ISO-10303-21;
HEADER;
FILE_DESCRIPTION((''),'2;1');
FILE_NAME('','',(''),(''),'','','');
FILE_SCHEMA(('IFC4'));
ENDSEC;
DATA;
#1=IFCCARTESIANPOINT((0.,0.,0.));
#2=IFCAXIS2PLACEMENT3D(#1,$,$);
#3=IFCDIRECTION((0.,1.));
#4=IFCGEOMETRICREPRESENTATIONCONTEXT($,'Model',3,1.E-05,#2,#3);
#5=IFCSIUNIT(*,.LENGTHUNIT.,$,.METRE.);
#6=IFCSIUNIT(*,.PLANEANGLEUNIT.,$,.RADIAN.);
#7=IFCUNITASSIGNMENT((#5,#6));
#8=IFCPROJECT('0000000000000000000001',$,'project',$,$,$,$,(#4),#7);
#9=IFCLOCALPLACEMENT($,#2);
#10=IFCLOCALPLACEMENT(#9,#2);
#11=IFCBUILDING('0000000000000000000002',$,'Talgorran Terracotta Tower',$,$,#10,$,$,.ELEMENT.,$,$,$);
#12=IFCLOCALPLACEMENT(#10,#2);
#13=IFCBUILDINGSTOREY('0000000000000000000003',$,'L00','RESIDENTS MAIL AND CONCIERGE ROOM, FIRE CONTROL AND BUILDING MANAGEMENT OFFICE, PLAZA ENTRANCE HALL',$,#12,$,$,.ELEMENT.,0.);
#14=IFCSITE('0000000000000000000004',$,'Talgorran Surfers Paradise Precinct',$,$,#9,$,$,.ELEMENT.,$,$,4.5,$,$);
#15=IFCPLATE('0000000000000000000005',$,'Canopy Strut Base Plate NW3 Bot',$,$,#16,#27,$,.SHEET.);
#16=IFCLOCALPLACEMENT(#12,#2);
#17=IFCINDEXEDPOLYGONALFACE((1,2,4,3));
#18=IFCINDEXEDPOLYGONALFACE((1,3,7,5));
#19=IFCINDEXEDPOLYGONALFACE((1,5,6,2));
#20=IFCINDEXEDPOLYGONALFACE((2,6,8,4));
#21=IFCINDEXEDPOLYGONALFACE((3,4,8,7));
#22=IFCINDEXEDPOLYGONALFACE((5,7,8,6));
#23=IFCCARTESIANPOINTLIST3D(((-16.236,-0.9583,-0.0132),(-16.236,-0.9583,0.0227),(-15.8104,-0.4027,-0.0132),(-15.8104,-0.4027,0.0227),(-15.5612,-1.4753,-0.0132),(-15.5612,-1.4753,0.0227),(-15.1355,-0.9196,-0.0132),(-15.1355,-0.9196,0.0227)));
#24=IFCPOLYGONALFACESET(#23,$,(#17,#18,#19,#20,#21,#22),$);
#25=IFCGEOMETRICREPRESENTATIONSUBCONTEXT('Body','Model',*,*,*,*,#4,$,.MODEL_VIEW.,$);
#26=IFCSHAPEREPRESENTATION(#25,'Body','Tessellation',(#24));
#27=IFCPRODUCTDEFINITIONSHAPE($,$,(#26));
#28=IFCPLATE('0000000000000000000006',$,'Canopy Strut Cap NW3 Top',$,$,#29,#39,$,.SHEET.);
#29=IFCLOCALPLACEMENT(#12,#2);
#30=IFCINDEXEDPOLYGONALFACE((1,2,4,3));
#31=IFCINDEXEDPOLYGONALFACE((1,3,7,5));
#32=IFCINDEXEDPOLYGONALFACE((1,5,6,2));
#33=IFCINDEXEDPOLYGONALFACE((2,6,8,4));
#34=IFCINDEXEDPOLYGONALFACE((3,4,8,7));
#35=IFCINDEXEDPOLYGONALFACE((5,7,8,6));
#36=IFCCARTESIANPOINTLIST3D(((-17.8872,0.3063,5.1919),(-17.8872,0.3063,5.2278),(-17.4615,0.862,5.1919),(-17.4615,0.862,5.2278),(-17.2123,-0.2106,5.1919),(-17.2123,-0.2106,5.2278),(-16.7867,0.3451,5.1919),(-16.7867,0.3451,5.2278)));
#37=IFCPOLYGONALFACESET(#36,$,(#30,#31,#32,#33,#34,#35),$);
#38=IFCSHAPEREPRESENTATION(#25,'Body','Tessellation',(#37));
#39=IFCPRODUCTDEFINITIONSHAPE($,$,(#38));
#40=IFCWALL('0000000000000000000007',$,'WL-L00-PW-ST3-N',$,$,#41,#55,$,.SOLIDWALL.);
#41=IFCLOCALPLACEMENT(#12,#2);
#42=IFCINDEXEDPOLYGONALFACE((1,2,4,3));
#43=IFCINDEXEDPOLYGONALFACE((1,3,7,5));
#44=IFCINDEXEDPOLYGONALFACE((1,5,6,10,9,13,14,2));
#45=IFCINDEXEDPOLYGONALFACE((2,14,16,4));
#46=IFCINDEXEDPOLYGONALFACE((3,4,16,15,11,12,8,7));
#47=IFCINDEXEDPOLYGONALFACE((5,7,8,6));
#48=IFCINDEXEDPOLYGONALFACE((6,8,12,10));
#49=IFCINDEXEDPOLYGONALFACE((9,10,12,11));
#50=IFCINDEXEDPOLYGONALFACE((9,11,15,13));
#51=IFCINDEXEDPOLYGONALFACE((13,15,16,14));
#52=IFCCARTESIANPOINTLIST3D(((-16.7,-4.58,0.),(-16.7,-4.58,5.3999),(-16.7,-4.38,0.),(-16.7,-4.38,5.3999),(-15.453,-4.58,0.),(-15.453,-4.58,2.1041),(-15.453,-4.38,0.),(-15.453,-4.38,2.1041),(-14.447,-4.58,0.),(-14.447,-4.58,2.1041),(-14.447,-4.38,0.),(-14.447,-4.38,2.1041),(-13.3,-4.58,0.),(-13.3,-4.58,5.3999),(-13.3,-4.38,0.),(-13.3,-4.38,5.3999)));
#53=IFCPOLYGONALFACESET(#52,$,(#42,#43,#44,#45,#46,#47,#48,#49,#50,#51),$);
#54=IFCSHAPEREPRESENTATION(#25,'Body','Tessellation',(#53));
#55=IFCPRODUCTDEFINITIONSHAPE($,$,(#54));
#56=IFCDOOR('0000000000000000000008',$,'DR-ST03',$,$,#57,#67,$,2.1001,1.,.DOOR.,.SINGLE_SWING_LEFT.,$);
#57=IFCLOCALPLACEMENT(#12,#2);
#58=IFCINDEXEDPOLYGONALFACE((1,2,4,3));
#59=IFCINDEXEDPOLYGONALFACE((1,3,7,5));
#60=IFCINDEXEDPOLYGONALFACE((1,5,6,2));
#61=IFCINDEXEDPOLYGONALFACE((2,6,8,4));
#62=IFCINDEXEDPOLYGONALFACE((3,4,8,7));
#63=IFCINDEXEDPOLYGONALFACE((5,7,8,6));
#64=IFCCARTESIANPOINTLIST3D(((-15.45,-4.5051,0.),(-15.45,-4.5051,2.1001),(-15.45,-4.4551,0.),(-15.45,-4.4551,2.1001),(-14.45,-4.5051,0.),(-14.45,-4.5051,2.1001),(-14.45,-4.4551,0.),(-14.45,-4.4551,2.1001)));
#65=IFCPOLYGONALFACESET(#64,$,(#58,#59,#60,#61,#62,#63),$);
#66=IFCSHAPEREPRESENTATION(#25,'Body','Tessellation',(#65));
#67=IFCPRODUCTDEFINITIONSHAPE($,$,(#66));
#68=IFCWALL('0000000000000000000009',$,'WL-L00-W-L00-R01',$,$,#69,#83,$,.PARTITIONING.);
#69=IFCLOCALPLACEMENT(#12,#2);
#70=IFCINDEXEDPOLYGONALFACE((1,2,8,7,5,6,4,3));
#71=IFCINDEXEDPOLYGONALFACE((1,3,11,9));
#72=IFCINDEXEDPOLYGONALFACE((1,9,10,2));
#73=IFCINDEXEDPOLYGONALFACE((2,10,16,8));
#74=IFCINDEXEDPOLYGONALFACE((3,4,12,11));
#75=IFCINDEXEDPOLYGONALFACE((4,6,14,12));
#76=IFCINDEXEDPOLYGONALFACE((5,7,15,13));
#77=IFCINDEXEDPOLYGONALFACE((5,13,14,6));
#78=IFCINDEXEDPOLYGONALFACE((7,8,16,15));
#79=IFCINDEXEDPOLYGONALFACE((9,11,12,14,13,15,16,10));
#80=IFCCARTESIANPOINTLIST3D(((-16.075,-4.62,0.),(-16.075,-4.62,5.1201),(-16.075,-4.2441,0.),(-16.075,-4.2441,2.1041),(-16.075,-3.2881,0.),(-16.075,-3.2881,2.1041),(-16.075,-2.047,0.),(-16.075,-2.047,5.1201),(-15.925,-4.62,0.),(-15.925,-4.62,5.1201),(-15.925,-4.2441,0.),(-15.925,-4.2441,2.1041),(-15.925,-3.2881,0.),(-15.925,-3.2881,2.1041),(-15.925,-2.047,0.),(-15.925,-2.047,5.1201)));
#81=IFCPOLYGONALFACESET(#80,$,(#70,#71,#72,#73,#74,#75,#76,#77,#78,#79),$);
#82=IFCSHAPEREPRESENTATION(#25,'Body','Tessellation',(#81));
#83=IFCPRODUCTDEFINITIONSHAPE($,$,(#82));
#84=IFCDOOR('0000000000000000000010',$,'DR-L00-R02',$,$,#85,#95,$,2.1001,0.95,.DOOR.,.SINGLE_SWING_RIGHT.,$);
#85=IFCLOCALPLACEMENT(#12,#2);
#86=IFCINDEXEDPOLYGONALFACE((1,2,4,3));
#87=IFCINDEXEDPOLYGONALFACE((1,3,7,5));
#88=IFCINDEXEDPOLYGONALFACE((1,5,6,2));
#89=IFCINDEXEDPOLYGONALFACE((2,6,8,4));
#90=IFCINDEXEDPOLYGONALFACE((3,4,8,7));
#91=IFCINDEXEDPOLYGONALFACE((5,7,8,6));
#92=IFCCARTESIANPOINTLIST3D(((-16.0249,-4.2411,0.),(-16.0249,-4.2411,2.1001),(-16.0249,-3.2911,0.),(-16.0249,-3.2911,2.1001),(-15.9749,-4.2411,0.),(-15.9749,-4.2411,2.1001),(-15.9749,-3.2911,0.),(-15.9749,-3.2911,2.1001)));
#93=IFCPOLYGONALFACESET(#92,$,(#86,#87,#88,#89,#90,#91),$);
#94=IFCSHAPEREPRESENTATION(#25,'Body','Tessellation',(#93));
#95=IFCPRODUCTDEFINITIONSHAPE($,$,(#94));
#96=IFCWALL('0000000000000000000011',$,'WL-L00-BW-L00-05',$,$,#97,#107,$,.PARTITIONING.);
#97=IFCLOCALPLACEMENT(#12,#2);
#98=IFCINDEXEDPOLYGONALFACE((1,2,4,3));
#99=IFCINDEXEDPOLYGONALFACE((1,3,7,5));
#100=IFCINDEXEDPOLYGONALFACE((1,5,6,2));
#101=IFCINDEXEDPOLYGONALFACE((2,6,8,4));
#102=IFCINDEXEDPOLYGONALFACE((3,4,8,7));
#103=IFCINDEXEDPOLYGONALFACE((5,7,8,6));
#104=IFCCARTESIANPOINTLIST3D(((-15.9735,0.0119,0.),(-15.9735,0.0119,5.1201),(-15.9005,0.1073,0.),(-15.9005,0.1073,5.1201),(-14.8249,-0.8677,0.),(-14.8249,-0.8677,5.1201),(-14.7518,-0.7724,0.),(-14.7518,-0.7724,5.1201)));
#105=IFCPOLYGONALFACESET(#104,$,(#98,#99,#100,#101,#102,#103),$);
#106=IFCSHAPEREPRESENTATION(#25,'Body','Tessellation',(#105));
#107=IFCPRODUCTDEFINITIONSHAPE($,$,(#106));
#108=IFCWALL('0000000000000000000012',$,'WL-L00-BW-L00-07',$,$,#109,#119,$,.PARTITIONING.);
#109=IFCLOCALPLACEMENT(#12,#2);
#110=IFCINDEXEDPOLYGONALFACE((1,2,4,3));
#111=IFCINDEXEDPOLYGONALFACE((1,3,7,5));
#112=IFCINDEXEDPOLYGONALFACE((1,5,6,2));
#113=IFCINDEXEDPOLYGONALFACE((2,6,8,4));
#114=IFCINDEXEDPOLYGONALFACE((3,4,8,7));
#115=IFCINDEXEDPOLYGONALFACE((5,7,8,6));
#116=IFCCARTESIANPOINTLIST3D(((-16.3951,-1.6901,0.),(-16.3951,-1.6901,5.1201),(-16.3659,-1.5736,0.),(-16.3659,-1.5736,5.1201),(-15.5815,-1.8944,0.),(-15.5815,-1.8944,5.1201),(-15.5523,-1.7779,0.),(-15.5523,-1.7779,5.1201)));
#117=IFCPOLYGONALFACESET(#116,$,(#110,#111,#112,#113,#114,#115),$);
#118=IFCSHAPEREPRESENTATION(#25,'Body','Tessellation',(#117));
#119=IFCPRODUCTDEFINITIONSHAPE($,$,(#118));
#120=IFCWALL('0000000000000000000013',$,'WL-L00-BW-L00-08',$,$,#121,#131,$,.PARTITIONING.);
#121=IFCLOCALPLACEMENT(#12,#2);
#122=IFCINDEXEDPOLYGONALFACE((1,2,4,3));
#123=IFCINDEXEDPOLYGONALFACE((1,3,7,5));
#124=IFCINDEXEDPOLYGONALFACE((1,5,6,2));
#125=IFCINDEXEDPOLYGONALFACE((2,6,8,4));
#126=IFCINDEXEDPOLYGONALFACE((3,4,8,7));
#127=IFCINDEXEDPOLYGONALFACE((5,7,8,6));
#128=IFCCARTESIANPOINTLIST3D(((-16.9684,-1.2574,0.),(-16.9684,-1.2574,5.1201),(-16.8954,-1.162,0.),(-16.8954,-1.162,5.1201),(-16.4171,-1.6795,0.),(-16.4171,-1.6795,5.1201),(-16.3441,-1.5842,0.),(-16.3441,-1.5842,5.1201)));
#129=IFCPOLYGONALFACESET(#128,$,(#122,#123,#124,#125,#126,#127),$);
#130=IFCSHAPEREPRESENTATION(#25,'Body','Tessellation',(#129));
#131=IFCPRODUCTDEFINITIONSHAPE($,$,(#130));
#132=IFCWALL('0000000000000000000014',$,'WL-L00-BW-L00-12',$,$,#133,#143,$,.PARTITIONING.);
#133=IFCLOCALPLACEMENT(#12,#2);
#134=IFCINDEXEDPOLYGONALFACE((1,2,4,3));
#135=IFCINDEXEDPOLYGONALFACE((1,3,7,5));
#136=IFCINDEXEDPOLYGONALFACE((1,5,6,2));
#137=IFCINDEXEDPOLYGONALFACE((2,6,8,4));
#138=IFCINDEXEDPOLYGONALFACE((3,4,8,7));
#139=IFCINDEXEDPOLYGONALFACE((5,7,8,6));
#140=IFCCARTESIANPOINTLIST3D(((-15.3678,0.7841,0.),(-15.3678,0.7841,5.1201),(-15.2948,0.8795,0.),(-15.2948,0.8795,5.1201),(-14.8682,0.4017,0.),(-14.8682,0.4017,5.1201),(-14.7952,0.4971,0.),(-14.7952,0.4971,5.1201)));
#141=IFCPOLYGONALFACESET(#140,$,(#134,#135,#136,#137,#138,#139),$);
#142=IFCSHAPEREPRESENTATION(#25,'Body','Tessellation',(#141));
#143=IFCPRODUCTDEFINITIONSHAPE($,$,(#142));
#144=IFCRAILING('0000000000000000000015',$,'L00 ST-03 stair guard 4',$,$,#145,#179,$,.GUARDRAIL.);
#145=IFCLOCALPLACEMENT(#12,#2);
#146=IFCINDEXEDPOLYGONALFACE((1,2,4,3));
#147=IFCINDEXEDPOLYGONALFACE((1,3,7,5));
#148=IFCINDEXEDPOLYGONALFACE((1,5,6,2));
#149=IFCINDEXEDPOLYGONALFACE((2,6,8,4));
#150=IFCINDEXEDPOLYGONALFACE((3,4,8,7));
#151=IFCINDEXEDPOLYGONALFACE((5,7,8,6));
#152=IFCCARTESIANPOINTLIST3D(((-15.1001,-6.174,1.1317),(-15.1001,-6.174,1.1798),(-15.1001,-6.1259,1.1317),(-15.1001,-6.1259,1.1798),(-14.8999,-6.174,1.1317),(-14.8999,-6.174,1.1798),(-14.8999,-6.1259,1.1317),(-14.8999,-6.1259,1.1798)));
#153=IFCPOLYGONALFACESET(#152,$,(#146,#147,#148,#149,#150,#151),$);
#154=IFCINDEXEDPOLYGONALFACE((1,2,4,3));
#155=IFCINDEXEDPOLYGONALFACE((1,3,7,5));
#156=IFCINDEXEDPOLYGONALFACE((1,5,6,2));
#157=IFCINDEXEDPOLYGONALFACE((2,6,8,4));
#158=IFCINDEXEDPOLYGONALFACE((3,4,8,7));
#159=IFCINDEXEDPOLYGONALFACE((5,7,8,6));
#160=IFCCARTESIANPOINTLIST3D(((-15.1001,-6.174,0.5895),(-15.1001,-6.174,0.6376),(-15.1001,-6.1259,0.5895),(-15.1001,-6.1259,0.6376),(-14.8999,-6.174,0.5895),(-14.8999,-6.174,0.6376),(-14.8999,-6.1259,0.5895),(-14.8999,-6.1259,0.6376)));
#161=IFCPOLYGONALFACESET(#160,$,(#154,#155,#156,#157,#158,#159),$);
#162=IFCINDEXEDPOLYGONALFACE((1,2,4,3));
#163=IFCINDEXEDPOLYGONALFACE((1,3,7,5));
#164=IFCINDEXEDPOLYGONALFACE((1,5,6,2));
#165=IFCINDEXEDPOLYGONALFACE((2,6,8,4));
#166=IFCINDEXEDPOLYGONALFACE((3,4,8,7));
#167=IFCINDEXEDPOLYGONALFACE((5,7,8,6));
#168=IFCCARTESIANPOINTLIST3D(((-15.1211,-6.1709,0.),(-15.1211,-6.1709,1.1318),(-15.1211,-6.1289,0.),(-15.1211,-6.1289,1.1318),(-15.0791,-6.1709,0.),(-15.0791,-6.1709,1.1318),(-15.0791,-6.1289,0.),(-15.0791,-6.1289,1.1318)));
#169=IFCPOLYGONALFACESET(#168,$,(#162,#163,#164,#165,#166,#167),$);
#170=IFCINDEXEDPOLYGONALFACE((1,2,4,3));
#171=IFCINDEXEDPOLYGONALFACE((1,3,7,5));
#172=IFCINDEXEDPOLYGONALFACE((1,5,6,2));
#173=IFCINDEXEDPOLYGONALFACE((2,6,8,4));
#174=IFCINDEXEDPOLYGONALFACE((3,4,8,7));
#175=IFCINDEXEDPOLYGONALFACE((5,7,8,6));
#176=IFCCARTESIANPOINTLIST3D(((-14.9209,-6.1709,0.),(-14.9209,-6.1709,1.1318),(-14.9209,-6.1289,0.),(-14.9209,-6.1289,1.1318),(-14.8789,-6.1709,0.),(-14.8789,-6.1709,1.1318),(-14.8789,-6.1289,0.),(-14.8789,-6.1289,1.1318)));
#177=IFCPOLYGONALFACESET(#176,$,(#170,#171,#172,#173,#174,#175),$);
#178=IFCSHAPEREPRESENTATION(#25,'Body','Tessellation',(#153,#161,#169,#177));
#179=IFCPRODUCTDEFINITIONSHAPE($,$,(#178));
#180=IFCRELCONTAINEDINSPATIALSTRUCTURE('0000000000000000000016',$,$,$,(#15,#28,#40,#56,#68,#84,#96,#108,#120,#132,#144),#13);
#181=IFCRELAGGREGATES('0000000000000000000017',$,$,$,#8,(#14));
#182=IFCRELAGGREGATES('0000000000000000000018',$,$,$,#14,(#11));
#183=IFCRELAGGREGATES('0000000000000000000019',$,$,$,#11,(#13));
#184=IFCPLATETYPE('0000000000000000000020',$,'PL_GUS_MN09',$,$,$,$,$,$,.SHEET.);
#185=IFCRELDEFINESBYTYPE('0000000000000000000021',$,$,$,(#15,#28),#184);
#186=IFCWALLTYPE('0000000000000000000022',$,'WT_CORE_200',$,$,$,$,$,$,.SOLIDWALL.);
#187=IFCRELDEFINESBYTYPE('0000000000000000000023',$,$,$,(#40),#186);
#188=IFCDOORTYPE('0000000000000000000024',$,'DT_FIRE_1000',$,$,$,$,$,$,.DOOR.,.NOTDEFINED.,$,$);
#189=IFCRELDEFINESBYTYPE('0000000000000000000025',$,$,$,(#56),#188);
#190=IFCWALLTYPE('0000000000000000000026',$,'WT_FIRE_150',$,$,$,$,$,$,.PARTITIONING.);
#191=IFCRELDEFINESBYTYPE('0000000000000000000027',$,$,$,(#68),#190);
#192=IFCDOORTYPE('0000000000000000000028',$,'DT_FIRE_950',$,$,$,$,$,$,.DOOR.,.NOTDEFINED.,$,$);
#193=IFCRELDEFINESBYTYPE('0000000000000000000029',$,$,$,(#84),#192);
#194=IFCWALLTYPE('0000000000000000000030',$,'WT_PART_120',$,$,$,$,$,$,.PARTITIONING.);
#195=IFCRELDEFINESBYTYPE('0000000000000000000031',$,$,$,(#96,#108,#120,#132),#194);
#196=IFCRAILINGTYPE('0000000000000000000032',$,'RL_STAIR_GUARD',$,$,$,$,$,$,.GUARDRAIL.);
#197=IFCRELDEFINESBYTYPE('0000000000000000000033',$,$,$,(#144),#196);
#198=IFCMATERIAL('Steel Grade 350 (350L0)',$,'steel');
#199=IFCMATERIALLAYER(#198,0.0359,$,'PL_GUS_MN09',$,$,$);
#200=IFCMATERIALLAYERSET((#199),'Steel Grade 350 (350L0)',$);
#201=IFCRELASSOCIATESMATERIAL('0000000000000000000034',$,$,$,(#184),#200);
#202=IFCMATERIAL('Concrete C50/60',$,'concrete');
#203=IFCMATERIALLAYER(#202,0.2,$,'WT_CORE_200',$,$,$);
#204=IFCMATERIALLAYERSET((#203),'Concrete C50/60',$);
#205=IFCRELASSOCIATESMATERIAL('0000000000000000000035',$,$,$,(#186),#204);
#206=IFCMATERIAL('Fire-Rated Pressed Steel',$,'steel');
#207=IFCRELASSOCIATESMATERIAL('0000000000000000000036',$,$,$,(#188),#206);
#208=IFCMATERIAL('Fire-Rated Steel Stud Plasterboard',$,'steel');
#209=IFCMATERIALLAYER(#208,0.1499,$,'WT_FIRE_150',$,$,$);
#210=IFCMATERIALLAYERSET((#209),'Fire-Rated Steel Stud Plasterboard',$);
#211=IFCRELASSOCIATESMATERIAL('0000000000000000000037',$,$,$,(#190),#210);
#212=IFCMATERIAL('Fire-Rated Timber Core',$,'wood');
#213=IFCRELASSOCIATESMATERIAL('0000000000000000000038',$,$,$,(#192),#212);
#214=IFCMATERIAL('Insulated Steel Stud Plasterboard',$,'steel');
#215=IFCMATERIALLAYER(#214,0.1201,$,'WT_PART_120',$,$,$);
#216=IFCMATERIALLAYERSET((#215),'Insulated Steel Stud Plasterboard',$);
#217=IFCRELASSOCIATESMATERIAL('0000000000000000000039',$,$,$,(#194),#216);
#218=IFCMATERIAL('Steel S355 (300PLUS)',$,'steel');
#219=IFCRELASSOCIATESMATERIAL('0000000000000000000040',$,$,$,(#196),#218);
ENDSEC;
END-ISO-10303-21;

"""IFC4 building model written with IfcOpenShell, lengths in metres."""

from ifc_helpers import new_model, si_unit, direction, frame, frame_2d, origin, origin_2d, place, context, subcontext, project, spatial, rectangle, extrude, material, layer, layer_set, type_object, element, fill, save


model = new_model("IFC4")

# Units and contexts
model_context = context("Model", 3, precision=1e-05, world=origin(), true_north=direction((0.0, 1.0)))
body_context = subcontext(model_context, "Body", "Model", "MODEL_VIEW")
ifc_project = project(units=[si_unit("LENGTHUNIT", "METRE"), si_unit("PLANEANGLEUNIT", "RADIAN")], contexts=[model_context])

# Site, building, storey
site_placement = place(None, origin())
site = spatial("IfcSite", under=ifc_project, at=site_placement, Name="Talgorran Surfers Paradise Precinct", CompositionType="ELEMENT", RefElevation=4.5)
building_placement = place(site_placement, origin())
building = spatial("IfcBuilding", under=site, at=building_placement, Name="Talgorran Terracotta Tower", CompositionType="ELEMENT")
storey_placement = place(building_placement, origin())
storey = spatial("IfcBuildingStorey", under=building, at=storey_placement, Name="L00", Description="RESIDENTS MAIL AND CONCIERGE ROOM, FIRE CONTROL AND BUILDING MANAGEMENT OFFICE, PLAZA ENTRANCE HALL", CompositionType="ELEMENT", Elevation=0.0)

# Shared definitions
ifc_material_1 = material(Name="Steel Grade 350 (350L0)", Category="steel")

# Shared definitions
ifc_material_2 = material(Name="Steel S355 (300PLUS)", Category="steel")

# Plates
ifc_layer_1 = layer(ifc_material_1, 0.0359, Name="PL_GUS_MN09")
ifc_layer_set_1 = layer_set([ifc_layer_1], Name="Steel Grade 350 (350L0)")
plate_type = type_object("IfcPlateType", Name="PL_GUS_MN09", PredefinedType="SHEET", material=ifc_layer_set_1)
for number, where, z_axis, x_axis, name in (
    (1, (-15.6858, -0.939, -0.0132), (0.0, 0.0, 1.0), (-0.793884, 0.608069, 0.0), "Canopy Strut Base Plate NW3 Bot"),
    (2, (-17.3369, 0.3257, 5.1919), (0.0, 0.0, 1.0), (-0.793884, 0.608069, 0.0), "Canopy Strut Cap NW3 Top"),
):
    element("IfcPlate", number, at=place(storey_placement, frame(where, z_axis=z_axis, x_axis=x_axis)), inside=storey, type_object=plate_type, Name=name, PredefinedType="SHEET", context=body_context, shape_type="SweptSolid", body=[
        extrude(rectangle(XDim=0.8501, YDim=0.7, at=origin_2d()), origin(), (0.0, 0.0, 1.0), 0.0359),
    ])

# Walls, openings, doors
ifc_material_3 = material(Name="Concrete C50/60", Category="concrete")
ifc_layer_2 = layer(ifc_material_3, 0.2, Name="WT_CORE_200")
ifc_layer_set_2 = layer_set([ifc_layer_2], Name="Concrete C50/60")
wall_type_1 = type_object("IfcWallType", Name="WT_CORE_200", PredefinedType="SOLIDWALL", material=ifc_layer_set_2)
wall_1_placement = place(storey_placement, frame((-16.7, -4.48, 0.0), z_axis=(0.0, 0.0, 1.0), x_axis=(1.0, 0.0, 0.0)))
wall_1 = element("IfcWall", 3, at=wall_1_placement, inside=storey, type_object=wall_type_1, Name="WL-L00-PW-ST3-N", PredefinedType="SOLIDWALL", context=body_context, shape_type="SweptSolid", body=[
    extrude(rectangle(XDim=3.3999, YDim=0.2, at=frame_2d((1.7, 0.0))), origin(), (0.0, 0.0, 1.0), 5.3999),
])
opening_1_placement = place(wall_1_placement, frame((1.25, 0.0, 0.0)))
opening_1 = element("IfcOpeningElement", 4, at=opening_1_placement, cuts=wall_1, PredefinedType="OPENING", context=body_context, shape_type="SweptSolid", body=[
    extrude(rectangle(XDim=1.006, YDim=2.1041, at=frame_2d((0.5, 1.052))), frame((0.0, 0.1099, 0.0), z_axis=(0.0, -1.0, 0.0), x_axis=(1.0, 0.0, 0.0)), (0.0, 0.0, 1.0), 0.22),
])
ifc_material_4 = material(Name="Fire-Rated Pressed Steel", Category="steel")
door_type_1 = type_object("IfcDoorType", Name="DT_FIRE_1000", OperationType="NOTDEFINED", PredefinedType="DOOR", material=ifc_material_4)
door_1_placement = place(opening_1_placement, origin())
door_1 = element("IfcDoor", 5, at=door_1_placement, inside=storey, type_object=door_type_1, Name="DR-ST03", OperationType="SINGLE_SWING_LEFT", OverallHeight=2.1001, OverallWidth=1.0, PredefinedType="DOOR", context=body_context, shape_type="SweptSolid", body=[
    extrude(rectangle(XDim=1.0, YDim=2.1001, at=frame_2d((0.5, 1.05))), frame((0.0, 0.0249, 0.0), z_axis=(0.0, -1.0, 0.0), x_axis=(1.0, 0.0, 0.0)), (0.0, 0.0, 1.0), 0.05),
])
fill(opening_1, door_1)
ifc_material_5 = material(Name="Fire-Rated Steel Stud Plasterboard", Category="steel")
ifc_layer_3 = layer(ifc_material_5, 0.1499, Name="WT_FIRE_150")
ifc_layer_set_3 = layer_set([ifc_layer_3], Name="Fire-Rated Steel Stud Plasterboard")
wall_type_2 = type_object("IfcWallType", Name="WT_FIRE_150", PredefinedType="PARTITIONING", material=ifc_layer_set_3)
wall_2_placement = place(storey_placement, frame((-16.0, -4.6201, 0.0), z_axis=(0.0, 0.0, 1.0), x_axis=(0.0, 1.0, 0.0)))
wall_2 = element("IfcWall", 6, at=wall_2_placement, inside=storey, type_object=wall_type_2, Name="WL-L00-W-L00-R01", PredefinedType="PARTITIONING", context=body_context, shape_type="SweptSolid", body=[
    extrude(rectangle(XDim=2.573, YDim=0.1499, at=frame_2d((1.2866, 0.0))), origin(), (0.0, 0.0, 1.0), 5.1201),
])
opening_2_placement = place(wall_2_placement, frame((0.3789, 0.0, 0.0)))
opening_2 = element("IfcOpeningElement", 7, at=opening_2_placement, cuts=wall_2, PredefinedType="OPENING", context=body_context, shape_type="SweptSolid", body=[
    extrude(rectangle(XDim=0.956, YDim=2.1041, at=frame_2d((0.4751, 1.052))), frame((0.0, 0.085, 0.0), z_axis=(0.0, -1.0, 0.0), x_axis=(1.0, 0.0, 0.0)), (0.0, 0.0, 1.0), 0.1699),
])
ifc_material_6 = material(Name="Fire-Rated Timber Core", Category="wood")
door_type_2 = type_object("IfcDoorType", Name="DT_FIRE_950", OperationType="NOTDEFINED", PredefinedType="DOOR", material=ifc_material_6)
door_2_placement = place(opening_2_placement, origin())
door_2 = element("IfcDoor", 8, at=door_2_placement, inside=storey, type_object=door_type_2, Name="DR-L00-R02", OperationType="SINGLE_SWING_RIGHT", OverallHeight=2.1001, OverallWidth=0.95, PredefinedType="DOOR", context=body_context, shape_type="SweptSolid", body=[
    extrude(rectangle(XDim=0.95, YDim=2.1001, at=frame_2d((0.4751, 1.05))), frame((0.0, 0.0249, 0.0), z_axis=(0.0, -1.0, 0.0), x_axis=(1.0, 0.0, 0.0)), (0.0, 0.0, 1.0), 0.05),
])
fill(opening_2, door_2)

# Walls
ifc_material_7 = material(Name="Insulated Steel Stud Plasterboard", Category="steel")
ifc_layer_4 = layer(ifc_material_7, 0.1201, Name="WT_PART_120")
ifc_layer_set_4 = layer_set([ifc_layer_4], Name="Insulated Steel Stud Plasterboard")
wall_type_3 = type_object("IfcWallType", Name="WT_PART_120", PredefinedType="PARTITIONING", material=ifc_layer_set_4)
wall_3_placement = place(storey_placement, frame((-15.937, 0.0596, 0.0), z_axis=(0.0, 0.0, 1.0), x_axis=(0.793946, -0.607989, 0.0)))
element("IfcWall", 9, at=wall_3_placement, inside=storey, type_object=wall_type_3, Name="WL-L00-BW-L00-05", PredefinedType="PARTITIONING", context=body_context, shape_type="SweptSolid", body=[
    extrude(rectangle(XDim=1.4468, YDim=0.1201, at=frame_2d((0.7234, 0.0))), origin(), (0.0, 0.0, 1.0), 5.1201),
])
wall_4_placement = place(storey_placement, frame((-15.5669, -1.8362, 0.0), z_axis=(0.0, 0.0, 1.0), x_axis=(-0.969885, 0.243563, 0.0)))
element("IfcWall", 10, at=wall_4_placement, inside=storey, type_object=wall_type_3, Name="WL-L00-BW-L00-07", PredefinedType="PARTITIONING", context=body_context, shape_type="SweptSolid", body=[
    extrude(rectangle(XDim=0.8389, YDim=0.1201, at=frame_2d((0.4194, 0.0))), origin(), (0.0, 0.0, 1.0), 5.1201),
])
wall_5_placement = place(storey_placement, frame((-16.3806, -1.6318, 0.0), z_axis=(0.0, 0.0, 1.0), x_axis=(-0.793968, 0.607959, 0.0)))
element("IfcWall", 11, at=wall_5_placement, inside=storey, type_object=wall_type_3, Name="WL-L00-BW-L00-08", PredefinedType="PARTITIONING", context=body_context, shape_type="SweptSolid", body=[
    extrude(rectangle(XDim=0.6943, YDim=0.1201, at=frame_2d((0.3472, 0.0))), origin(), (0.0, 0.0, 1.0), 5.1201),
])
wall_6_placement = place(storey_placement, frame((-14.8318, 0.4495, 0.0), z_axis=(0.0, 0.0, 1.0), x_axis=(-0.794093, 0.607796, 0.0)))
element("IfcWall", 12, at=wall_6_placement, inside=storey, type_object=wall_type_3, Name="WL-L00-BW-L00-12", PredefinedType="PARTITIONING", context=body_context, shape_type="SweptSolid", body=[
    extrude(rectangle(XDim=0.6292, YDim=0.1201, at=frame_2d((0.3145, 0.0))), origin(), (0.0, 0.0, 1.0), 5.1201),
])

# Railing
railing_type = type_object("IfcRailingType", Name="RL_STAIR_GUARD", PredefinedType="GUARDRAIL", material=ifc_material_2)
railing_placement = place(storey_placement, frame((-15.1001, -6.1499, 0.0)))
element("IfcRailing", 13, at=railing_placement, inside=storey, type_object=railing_type, Name="L00 ST-03 stair guard 4", PredefinedType="GUARDRAIL", context=body_context, shape_type="SweptSolid", body=[
    extrude(rectangle(XDim=0.0481, YDim=0.0481, at=origin_2d()), frame((0.0, 0.0, 1.1558), z_axis=(1.0, 0.0, 0.0), x_axis=(0.0, 1.0, 0.0)), (0.0, 0.0, 1.0), 0.2002),
    extrude(rectangle(XDim=0.0481, YDim=0.0481, at=origin_2d()), frame((0.0, 0.0, 0.6135), z_axis=(1.0, 0.0, 0.0), x_axis=(0.0, 1.0, 0.0)), (0.0, 0.0, 1.0), 0.2002),
    extrude(rectangle(XDim=0.042, YDim=0.042, at=origin_2d()), origin(), (0.0, 0.0, 1.0), 1.1318),
    extrude(rectangle(XDim=0.042, YDim=0.042, at=origin_2d()), frame((0.2002, 0.0, 0.0)), (0.0, 0.0, 1.0), 1.1318),
])

save(model, "model.ifc")
